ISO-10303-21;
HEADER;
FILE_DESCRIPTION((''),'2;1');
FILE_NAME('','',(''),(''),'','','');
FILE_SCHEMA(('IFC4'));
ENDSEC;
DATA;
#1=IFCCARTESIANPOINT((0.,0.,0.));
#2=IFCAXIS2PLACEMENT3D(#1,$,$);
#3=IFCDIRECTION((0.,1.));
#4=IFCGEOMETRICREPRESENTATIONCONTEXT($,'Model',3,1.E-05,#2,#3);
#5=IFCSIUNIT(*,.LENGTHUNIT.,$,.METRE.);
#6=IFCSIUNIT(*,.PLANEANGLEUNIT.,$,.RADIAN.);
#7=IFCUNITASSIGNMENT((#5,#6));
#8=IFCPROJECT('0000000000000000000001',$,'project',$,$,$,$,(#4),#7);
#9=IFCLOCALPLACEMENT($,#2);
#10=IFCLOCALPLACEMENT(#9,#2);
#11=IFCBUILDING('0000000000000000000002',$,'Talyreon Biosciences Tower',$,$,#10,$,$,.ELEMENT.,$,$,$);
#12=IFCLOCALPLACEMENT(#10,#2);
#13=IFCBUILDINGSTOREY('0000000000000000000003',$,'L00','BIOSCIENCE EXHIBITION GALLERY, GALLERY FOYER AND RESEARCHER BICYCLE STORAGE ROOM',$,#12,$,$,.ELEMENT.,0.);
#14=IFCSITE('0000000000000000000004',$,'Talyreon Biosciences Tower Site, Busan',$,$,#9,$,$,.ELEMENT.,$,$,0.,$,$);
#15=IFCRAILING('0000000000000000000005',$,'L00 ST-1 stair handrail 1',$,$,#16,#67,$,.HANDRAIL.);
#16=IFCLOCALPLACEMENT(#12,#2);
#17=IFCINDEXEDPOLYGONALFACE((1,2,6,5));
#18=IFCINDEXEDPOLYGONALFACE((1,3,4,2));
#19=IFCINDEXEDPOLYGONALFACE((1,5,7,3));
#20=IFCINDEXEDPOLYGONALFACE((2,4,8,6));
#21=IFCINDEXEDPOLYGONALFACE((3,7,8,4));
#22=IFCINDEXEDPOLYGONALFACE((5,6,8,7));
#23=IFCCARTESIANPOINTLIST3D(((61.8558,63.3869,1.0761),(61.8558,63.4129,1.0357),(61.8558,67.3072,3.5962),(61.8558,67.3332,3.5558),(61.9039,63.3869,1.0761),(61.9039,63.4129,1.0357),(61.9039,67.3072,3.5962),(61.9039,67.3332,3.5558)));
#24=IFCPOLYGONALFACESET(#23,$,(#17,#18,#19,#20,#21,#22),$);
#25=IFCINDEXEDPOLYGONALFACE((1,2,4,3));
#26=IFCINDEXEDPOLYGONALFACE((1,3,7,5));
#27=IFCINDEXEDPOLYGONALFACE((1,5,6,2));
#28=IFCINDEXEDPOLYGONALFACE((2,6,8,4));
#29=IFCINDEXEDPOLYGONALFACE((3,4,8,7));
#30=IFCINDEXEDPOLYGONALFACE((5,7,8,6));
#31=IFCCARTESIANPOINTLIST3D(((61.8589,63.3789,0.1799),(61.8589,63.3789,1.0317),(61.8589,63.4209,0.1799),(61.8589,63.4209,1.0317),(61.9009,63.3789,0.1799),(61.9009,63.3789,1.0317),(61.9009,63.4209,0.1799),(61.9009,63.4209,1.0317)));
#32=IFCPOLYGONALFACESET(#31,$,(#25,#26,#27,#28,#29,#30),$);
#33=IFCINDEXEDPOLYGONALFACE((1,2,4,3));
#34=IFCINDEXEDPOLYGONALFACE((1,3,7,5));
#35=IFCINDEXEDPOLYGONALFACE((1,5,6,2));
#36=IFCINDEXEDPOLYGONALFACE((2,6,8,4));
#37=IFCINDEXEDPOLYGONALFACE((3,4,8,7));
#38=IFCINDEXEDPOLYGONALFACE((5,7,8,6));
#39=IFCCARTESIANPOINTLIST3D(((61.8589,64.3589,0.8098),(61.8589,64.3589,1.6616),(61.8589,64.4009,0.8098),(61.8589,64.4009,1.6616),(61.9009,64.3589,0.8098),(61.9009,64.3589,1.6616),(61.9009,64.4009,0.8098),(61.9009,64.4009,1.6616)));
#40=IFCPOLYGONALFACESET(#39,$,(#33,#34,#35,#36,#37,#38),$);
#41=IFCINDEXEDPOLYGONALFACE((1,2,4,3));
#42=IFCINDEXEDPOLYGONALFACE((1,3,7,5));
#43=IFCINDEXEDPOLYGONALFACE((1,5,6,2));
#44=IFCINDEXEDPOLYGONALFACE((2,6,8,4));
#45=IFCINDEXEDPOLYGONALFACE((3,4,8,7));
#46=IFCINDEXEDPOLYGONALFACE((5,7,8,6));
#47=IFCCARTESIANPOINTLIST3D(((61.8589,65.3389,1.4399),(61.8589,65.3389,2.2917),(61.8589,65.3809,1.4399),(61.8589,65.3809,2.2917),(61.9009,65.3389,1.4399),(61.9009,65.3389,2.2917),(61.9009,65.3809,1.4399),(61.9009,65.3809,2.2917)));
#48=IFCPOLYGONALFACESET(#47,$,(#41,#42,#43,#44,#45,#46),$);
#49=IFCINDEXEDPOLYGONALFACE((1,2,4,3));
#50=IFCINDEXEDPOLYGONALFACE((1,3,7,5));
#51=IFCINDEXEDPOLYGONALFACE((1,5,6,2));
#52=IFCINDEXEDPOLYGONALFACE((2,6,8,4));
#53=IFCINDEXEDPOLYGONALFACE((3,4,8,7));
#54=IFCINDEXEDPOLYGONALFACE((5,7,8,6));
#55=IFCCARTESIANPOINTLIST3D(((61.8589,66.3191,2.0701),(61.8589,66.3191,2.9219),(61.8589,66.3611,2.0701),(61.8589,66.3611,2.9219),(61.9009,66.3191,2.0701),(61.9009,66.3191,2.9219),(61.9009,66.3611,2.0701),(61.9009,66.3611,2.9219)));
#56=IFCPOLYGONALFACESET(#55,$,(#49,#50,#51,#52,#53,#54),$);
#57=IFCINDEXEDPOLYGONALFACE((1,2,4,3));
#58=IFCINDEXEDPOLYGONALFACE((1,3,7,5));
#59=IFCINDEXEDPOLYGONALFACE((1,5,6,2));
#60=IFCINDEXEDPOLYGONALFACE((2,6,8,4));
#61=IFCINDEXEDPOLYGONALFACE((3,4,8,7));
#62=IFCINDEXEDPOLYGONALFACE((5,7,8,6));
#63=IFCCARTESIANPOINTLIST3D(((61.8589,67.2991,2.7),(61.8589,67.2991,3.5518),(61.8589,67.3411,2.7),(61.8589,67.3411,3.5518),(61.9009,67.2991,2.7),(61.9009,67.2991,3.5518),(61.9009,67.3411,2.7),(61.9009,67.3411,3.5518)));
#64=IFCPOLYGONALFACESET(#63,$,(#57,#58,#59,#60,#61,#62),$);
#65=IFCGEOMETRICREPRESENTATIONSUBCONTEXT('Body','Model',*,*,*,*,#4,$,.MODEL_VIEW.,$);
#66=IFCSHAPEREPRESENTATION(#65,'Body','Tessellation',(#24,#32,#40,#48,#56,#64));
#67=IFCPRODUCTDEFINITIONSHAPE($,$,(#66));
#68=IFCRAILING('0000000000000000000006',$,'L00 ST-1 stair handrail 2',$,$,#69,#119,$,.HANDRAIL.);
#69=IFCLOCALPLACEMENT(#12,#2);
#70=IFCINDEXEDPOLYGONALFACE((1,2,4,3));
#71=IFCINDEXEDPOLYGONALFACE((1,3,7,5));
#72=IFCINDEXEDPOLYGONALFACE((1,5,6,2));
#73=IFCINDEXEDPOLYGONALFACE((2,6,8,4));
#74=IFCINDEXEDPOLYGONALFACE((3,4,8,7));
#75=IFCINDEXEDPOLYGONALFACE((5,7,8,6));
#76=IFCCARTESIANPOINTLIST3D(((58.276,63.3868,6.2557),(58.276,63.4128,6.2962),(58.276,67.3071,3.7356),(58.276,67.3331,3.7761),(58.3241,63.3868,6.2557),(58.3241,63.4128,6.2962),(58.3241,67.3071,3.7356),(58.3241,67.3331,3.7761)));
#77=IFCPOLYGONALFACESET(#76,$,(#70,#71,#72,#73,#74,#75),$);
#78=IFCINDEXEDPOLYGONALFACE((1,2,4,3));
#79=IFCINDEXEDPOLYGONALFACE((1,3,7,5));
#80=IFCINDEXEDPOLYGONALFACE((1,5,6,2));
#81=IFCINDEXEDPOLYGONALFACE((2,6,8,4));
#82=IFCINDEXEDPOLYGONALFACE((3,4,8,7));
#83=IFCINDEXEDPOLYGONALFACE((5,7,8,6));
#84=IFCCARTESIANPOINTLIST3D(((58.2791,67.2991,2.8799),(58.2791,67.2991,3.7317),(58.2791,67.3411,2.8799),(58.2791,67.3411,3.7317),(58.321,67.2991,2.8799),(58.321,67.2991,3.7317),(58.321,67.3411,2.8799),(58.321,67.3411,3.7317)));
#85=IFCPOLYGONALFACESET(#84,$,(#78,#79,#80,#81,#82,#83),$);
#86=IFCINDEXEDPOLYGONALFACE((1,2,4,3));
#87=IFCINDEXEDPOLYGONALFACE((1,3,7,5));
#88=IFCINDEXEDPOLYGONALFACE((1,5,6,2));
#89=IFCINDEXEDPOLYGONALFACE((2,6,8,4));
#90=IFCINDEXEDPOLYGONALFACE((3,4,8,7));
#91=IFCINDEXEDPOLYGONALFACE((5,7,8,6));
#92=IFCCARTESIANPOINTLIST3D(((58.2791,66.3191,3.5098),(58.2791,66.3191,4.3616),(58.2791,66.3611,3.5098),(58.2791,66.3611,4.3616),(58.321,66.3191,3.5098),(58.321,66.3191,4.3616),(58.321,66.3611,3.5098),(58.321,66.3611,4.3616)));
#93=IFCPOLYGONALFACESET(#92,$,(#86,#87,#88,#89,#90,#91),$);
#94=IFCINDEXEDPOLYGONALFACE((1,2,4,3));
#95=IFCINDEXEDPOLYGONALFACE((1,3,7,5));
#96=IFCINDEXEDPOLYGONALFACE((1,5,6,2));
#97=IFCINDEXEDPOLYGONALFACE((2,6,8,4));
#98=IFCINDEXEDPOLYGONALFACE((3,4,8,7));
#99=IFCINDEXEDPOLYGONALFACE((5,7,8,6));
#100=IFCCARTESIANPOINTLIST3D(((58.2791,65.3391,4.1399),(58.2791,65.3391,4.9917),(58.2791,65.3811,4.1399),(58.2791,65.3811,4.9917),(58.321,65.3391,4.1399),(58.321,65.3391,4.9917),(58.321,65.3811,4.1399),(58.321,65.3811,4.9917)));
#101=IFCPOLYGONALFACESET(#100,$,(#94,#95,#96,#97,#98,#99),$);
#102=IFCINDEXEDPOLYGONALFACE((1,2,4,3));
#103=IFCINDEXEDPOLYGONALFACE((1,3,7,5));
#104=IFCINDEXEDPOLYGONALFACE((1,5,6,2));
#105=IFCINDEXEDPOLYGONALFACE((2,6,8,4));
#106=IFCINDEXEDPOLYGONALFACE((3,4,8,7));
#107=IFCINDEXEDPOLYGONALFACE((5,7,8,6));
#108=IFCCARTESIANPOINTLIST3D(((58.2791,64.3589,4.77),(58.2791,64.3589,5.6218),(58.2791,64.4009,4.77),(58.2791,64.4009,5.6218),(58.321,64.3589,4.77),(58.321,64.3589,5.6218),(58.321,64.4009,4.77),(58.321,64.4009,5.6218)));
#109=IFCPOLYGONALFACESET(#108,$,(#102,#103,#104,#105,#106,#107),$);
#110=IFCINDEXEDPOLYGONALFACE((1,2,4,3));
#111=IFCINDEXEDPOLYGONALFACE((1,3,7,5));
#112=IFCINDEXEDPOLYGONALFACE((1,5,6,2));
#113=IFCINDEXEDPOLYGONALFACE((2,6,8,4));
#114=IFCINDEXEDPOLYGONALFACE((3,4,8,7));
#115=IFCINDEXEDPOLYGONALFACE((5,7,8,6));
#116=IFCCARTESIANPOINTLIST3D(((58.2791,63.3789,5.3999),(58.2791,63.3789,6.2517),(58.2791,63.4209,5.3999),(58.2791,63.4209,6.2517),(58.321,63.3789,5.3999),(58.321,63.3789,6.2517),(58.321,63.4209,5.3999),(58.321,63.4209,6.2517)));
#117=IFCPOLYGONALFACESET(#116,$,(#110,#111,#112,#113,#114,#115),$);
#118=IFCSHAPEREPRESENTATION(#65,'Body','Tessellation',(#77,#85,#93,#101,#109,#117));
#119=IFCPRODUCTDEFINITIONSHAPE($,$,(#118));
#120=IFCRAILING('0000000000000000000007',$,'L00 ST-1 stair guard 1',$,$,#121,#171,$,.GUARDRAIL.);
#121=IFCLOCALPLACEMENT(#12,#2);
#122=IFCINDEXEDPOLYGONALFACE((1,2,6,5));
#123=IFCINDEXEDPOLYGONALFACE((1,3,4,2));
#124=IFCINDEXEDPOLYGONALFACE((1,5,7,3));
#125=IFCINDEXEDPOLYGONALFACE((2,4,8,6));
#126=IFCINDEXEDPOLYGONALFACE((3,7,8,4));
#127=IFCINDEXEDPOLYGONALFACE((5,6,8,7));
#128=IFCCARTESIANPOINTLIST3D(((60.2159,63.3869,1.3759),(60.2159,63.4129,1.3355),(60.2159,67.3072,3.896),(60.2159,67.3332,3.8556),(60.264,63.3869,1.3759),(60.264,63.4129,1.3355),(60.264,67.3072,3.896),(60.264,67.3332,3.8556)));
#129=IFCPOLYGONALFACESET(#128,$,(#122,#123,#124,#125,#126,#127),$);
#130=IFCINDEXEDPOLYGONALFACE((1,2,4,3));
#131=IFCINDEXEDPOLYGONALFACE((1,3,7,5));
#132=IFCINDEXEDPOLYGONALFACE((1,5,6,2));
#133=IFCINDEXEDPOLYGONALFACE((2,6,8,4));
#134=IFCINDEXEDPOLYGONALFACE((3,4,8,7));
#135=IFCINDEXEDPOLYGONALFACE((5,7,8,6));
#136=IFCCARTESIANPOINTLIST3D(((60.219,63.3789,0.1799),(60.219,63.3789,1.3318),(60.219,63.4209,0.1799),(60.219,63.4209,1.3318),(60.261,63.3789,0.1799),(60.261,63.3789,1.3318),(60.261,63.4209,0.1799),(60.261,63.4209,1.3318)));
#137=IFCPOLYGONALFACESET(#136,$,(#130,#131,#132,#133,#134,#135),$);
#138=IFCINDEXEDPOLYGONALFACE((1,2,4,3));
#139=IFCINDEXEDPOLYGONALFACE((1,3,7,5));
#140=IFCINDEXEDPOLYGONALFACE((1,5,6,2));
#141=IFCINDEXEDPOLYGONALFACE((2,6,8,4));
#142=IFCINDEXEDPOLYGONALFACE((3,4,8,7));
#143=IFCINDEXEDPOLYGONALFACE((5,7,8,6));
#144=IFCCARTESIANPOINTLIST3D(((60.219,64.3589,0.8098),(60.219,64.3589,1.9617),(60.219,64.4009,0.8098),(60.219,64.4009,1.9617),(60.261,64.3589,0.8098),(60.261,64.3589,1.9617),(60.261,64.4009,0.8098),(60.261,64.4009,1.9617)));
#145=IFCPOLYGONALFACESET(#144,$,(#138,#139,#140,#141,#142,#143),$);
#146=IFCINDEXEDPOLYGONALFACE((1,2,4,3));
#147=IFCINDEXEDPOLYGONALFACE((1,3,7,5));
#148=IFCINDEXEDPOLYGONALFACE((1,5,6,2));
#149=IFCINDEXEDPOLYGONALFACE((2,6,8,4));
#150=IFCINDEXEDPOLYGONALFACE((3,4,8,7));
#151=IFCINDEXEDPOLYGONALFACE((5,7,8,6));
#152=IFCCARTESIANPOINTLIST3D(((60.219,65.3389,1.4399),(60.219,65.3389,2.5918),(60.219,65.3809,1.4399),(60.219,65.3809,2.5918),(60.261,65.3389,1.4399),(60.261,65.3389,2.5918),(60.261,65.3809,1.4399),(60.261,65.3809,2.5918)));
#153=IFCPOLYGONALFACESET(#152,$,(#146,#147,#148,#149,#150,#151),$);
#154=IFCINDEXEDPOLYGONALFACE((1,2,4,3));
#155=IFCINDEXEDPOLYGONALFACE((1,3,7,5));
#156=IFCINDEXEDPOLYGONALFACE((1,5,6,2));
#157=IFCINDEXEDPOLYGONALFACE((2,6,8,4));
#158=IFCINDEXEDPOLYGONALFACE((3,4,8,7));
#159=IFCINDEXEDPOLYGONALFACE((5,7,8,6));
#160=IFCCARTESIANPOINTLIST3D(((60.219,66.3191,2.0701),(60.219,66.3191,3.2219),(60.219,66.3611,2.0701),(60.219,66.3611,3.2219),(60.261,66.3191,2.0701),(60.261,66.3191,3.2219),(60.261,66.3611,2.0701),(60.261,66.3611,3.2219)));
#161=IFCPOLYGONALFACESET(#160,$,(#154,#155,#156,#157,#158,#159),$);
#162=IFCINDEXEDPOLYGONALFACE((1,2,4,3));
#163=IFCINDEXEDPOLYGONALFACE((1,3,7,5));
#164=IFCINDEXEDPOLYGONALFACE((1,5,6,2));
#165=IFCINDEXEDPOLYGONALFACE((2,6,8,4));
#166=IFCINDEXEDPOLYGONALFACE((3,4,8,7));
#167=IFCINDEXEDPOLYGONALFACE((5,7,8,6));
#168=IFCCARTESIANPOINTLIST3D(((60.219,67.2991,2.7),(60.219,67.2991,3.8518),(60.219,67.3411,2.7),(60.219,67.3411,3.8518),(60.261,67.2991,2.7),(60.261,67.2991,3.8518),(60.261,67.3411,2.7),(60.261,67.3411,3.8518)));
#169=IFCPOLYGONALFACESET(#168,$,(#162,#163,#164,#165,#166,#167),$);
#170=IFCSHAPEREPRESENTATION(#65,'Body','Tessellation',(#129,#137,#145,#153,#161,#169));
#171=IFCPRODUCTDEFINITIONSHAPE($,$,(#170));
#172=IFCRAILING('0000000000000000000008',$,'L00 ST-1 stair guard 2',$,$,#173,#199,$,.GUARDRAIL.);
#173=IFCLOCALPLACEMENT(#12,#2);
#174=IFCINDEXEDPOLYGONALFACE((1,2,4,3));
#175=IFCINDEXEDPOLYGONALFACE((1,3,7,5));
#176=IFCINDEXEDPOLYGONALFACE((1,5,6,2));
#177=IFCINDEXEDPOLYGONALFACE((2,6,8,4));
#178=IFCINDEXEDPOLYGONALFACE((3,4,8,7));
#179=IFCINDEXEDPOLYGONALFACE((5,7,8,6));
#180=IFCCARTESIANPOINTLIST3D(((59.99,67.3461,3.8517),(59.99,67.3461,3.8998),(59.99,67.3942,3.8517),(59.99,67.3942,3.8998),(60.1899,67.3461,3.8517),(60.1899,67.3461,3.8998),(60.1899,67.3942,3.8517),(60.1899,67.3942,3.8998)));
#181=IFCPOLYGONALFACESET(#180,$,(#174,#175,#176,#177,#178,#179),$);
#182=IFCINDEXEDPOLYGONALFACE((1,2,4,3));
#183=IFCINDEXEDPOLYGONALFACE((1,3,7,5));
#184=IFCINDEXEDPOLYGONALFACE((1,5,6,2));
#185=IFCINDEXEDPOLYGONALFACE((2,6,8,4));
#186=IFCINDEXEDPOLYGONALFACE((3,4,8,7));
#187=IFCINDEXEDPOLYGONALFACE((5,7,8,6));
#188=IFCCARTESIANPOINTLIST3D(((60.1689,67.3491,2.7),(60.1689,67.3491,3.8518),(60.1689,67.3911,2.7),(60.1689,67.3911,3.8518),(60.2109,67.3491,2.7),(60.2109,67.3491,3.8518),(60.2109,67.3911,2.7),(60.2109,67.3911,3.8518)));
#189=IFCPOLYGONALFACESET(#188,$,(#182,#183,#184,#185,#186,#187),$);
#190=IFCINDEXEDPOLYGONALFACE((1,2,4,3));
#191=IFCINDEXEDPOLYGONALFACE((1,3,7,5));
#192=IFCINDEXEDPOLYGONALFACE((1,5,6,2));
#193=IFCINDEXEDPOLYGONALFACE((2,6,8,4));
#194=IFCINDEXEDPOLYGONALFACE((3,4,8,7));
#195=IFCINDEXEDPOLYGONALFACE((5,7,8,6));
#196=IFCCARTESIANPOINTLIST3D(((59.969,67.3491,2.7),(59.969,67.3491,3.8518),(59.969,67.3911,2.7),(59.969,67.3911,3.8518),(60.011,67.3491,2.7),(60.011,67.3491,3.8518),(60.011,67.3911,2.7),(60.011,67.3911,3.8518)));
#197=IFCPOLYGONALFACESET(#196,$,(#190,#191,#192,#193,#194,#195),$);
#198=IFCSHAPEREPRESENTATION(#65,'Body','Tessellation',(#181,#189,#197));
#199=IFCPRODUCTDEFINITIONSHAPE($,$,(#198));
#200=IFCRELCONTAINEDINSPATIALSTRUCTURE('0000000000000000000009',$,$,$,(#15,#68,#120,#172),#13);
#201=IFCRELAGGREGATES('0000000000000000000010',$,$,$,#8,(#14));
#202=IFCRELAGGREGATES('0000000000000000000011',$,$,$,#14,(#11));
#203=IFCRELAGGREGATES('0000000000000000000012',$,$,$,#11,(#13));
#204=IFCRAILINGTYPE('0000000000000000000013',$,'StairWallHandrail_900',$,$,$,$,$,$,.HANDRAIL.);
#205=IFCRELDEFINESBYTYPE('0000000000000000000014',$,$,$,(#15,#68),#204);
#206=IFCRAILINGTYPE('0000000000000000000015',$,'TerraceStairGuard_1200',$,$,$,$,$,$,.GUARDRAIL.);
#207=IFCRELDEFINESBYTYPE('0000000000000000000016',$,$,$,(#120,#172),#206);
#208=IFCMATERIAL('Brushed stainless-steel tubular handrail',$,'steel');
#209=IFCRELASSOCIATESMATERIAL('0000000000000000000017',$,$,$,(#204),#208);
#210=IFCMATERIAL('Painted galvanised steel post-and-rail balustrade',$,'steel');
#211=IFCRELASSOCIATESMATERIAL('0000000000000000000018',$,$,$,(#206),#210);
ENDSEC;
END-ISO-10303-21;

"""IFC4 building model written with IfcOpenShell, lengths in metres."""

from ifc_helpers import new_model, si_unit, direction, frame, origin, origin_2d, place, context, subcontext, project, spatial, rectangle, extrude, material, type_object, element, save


model = new_model("IFC4")

# Units and contexts
model_context = context("Model", 3, precision=1e-05, world=origin(), true_north=direction((0.0, 1.0)))
body_context = subcontext(model_context, "Body", "Model", "MODEL_VIEW")
ifc_project = project(units=[si_unit("LENGTHUNIT", "METRE"), si_unit("PLANEANGLEUNIT", "RADIAN")], contexts=[model_context])

# Site, building, storey
site_placement = place(None, origin())
site = spatial("IfcSite", under=ifc_project, at=site_placement, Name="Talyreon Biosciences Tower Site, Busan", CompositionType="ELEMENT", RefElevation=0.0)
building_placement = place(site_placement, origin())
building = spatial("IfcBuilding", under=site, at=building_placement, Name="Talyreon Biosciences Tower", CompositionType="ELEMENT")
storey_placement = place(building_placement, origin())
storey = spatial("IfcBuildingStorey", under=building, at=storey_placement, Name="L00", Description="BIOSCIENCE EXHIBITION GALLERY, GALLERY FOYER AND RESEARCHER BICYCLE STORAGE ROOM", CompositionType="ELEMENT", Elevation=0.0)

# Railings
ifc_material_1 = material(Name="Brushed stainless-steel tubular handrail", Category="steel")
railing_type_1 = type_object("IfcRailingType", Name="StairWallHandrail_900", PredefinedType="HANDRAIL", material=ifc_material_1)
railing_1_placement = place(storey_placement, frame((61.8799, 63.3999, 0.1799)))
element("IfcRailing", 1, at=railing_1_placement, inside=storey, type_object=railing_type_1, Name="L00 ST-1 stair handrail 1", PredefinedType="HANDRAIL", context=body_context, shape_type="SweptSolid", body=[
    extrude(rectangle(XDim=0.0481, YDim=0.0481, at=origin_2d()), frame((0.0, 0.0, 0.876), z_axis=(0.0, 0.841187, 0.540744), x_axis=(-1.0, 0.0, 0.0)), (0.0, 0.0, 1.0), 4.6604),
    extrude(rectangle(XDim=0.042, YDim=0.042, at=origin_2d()), origin(), (0.0, 0.0, 1.0), 0.8518),
    extrude(rectangle(XDim=0.042, YDim=0.042, at=origin_2d()), frame((0.0, 0.98, 0.6299)), (0.0, 0.0, 1.0), 0.8518),
    extrude(rectangle(XDim=0.042, YDim=0.042, at=origin_2d()), frame((0.0, 1.96, 1.26)), (0.0, 0.0, 1.0), 0.8518),
    extrude(rectangle(XDim=0.042, YDim=0.042, at=origin_2d()), frame((0.0, 2.9402, 1.8901)), (0.0, 0.0, 1.0), 0.8518),
    extrude(rectangle(XDim=0.042, YDim=0.042, at=origin_2d()), frame((0.0, 3.9202, 2.52)), (0.0, 0.0, 1.0), 0.8518),
])
railing_2_placement = place(storey_placement, frame((58.3, 67.3201, 2.8799)))
element("IfcRailing", 2, at=railing_2_placement, inside=storey, type_object=railing_type_1, Name="L00 ST-1 stair handrail 2", PredefinedType="HANDRAIL", context=body_context, shape_type="SweptSolid", body=[
    extrude(rectangle(XDim=0.0481, YDim=0.0481, at=origin_2d()), frame((0.0, 0.0, 0.876), z_axis=(0.0, -0.841187, 0.540744), x_axis=(1.0, 0.0, 0.0)), (0.0, 0.0, 1.0), 4.6604),
    extrude(rectangle(XDim=0.042, YDim=0.042, at=origin_2d()), origin(), (0.0, 0.0, 1.0), 0.8518),
    extrude(rectangle(XDim=0.042, YDim=0.042, at=origin_2d()), frame((0.0, -0.98, 0.6299)), (0.0, 0.0, 1.0), 0.8518),
    extrude(rectangle(XDim=0.042, YDim=0.042, at=origin_2d()), frame((0.0, -1.96, 1.26)), (0.0, 0.0, 1.0), 0.8518),
    extrude(rectangle(XDim=0.042, YDim=0.042, at=origin_2d()), frame((0.0, -2.9402, 1.8901)), (0.0, 0.0, 1.0), 0.8518),
    extrude(rectangle(XDim=0.042, YDim=0.042, at=origin_2d()), frame((0.0, -3.9202, 2.52)), (0.0, 0.0, 1.0), 0.8518),
])
ifc_material_2 = material(Name="Painted galvanised steel post-and-rail balustrade", Category="steel")
railing_type_2 = type_object("IfcRailingType", Name="TerraceStairGuard_1200", PredefinedType="GUARDRAIL", material=ifc_material_2)
railing_3_placement = place(storey_placement, frame((60.24, 63.3999, 0.1799)))
element("IfcRailing", 3, at=railing_3_placement, inside=storey, type_object=railing_type_2, Name="L00 ST-1 stair guard 1", PredefinedType="GUARDRAIL", context=body_context, shape_type="SweptSolid", body=[
    extrude(rectangle(XDim=0.0481, YDim=0.0481, at=origin_2d()), frame((0.0, 0.0, 1.1758), z_axis=(0.0, 0.841187, 0.540744), x_axis=(-1.0, 0.0, 0.0)), (0.0, 0.0, 1.0), 4.6604),
    extrude(rectangle(XDim=0.042, YDim=0.042, at=origin_2d()), origin(), (0.0, 0.0, 1.0), 1.1519),
    extrude(rectangle(XDim=0.042, YDim=0.042, at=origin_2d()), frame((0.0, 0.98, 0.6299)), (0.0, 0.0, 1.0), 1.1519),
    extrude(rectangle(XDim=0.042, YDim=0.042, at=origin_2d()), frame((0.0, 1.96, 1.26)), (0.0, 0.0, 1.0), 1.1519),
    extrude(rectangle(XDim=0.042, YDim=0.042, at=origin_2d()), frame((0.0, 2.9402, 1.8901)), (0.0, 0.0, 1.0), 1.1519),
    extrude(rectangle(XDim=0.042, YDim=0.042, at=origin_2d()), frame((0.0, 3.9202, 2.52)), (0.0, 0.0, 1.0), 1.1519),
])
railing_4_placement = place(storey_placement, frame((60.1899, 67.3701, 2.7)))
element("IfcRailing", 4, at=railing_4_placement, inside=storey, type_object=railing_type_2, Name="L00 ST-1 stair guard 2", PredefinedType="GUARDRAIL", context=body_context, shape_type="SweptSolid", body=[
    extrude(rectangle(XDim=0.0481, YDim=0.0481, at=origin_2d()), frame((0.0, 0.0, 1.1758), z_axis=(-1.0, 0.0, 0.0), x_axis=(0.0, -1.0, 0.0)), (0.0, 0.0, 1.0), 0.2),
    extrude(rectangle(XDim=0.042, YDim=0.042, at=origin_2d()), origin(), (0.0, 0.0, 1.0), 1.1519),
    extrude(rectangle(XDim=0.042, YDim=0.042, at=origin_2d()), frame((-0.2, 0.0, 0.0)), (0.0, 0.0, 1.0), 1.1519),
])

save(model, "model.ifc")
